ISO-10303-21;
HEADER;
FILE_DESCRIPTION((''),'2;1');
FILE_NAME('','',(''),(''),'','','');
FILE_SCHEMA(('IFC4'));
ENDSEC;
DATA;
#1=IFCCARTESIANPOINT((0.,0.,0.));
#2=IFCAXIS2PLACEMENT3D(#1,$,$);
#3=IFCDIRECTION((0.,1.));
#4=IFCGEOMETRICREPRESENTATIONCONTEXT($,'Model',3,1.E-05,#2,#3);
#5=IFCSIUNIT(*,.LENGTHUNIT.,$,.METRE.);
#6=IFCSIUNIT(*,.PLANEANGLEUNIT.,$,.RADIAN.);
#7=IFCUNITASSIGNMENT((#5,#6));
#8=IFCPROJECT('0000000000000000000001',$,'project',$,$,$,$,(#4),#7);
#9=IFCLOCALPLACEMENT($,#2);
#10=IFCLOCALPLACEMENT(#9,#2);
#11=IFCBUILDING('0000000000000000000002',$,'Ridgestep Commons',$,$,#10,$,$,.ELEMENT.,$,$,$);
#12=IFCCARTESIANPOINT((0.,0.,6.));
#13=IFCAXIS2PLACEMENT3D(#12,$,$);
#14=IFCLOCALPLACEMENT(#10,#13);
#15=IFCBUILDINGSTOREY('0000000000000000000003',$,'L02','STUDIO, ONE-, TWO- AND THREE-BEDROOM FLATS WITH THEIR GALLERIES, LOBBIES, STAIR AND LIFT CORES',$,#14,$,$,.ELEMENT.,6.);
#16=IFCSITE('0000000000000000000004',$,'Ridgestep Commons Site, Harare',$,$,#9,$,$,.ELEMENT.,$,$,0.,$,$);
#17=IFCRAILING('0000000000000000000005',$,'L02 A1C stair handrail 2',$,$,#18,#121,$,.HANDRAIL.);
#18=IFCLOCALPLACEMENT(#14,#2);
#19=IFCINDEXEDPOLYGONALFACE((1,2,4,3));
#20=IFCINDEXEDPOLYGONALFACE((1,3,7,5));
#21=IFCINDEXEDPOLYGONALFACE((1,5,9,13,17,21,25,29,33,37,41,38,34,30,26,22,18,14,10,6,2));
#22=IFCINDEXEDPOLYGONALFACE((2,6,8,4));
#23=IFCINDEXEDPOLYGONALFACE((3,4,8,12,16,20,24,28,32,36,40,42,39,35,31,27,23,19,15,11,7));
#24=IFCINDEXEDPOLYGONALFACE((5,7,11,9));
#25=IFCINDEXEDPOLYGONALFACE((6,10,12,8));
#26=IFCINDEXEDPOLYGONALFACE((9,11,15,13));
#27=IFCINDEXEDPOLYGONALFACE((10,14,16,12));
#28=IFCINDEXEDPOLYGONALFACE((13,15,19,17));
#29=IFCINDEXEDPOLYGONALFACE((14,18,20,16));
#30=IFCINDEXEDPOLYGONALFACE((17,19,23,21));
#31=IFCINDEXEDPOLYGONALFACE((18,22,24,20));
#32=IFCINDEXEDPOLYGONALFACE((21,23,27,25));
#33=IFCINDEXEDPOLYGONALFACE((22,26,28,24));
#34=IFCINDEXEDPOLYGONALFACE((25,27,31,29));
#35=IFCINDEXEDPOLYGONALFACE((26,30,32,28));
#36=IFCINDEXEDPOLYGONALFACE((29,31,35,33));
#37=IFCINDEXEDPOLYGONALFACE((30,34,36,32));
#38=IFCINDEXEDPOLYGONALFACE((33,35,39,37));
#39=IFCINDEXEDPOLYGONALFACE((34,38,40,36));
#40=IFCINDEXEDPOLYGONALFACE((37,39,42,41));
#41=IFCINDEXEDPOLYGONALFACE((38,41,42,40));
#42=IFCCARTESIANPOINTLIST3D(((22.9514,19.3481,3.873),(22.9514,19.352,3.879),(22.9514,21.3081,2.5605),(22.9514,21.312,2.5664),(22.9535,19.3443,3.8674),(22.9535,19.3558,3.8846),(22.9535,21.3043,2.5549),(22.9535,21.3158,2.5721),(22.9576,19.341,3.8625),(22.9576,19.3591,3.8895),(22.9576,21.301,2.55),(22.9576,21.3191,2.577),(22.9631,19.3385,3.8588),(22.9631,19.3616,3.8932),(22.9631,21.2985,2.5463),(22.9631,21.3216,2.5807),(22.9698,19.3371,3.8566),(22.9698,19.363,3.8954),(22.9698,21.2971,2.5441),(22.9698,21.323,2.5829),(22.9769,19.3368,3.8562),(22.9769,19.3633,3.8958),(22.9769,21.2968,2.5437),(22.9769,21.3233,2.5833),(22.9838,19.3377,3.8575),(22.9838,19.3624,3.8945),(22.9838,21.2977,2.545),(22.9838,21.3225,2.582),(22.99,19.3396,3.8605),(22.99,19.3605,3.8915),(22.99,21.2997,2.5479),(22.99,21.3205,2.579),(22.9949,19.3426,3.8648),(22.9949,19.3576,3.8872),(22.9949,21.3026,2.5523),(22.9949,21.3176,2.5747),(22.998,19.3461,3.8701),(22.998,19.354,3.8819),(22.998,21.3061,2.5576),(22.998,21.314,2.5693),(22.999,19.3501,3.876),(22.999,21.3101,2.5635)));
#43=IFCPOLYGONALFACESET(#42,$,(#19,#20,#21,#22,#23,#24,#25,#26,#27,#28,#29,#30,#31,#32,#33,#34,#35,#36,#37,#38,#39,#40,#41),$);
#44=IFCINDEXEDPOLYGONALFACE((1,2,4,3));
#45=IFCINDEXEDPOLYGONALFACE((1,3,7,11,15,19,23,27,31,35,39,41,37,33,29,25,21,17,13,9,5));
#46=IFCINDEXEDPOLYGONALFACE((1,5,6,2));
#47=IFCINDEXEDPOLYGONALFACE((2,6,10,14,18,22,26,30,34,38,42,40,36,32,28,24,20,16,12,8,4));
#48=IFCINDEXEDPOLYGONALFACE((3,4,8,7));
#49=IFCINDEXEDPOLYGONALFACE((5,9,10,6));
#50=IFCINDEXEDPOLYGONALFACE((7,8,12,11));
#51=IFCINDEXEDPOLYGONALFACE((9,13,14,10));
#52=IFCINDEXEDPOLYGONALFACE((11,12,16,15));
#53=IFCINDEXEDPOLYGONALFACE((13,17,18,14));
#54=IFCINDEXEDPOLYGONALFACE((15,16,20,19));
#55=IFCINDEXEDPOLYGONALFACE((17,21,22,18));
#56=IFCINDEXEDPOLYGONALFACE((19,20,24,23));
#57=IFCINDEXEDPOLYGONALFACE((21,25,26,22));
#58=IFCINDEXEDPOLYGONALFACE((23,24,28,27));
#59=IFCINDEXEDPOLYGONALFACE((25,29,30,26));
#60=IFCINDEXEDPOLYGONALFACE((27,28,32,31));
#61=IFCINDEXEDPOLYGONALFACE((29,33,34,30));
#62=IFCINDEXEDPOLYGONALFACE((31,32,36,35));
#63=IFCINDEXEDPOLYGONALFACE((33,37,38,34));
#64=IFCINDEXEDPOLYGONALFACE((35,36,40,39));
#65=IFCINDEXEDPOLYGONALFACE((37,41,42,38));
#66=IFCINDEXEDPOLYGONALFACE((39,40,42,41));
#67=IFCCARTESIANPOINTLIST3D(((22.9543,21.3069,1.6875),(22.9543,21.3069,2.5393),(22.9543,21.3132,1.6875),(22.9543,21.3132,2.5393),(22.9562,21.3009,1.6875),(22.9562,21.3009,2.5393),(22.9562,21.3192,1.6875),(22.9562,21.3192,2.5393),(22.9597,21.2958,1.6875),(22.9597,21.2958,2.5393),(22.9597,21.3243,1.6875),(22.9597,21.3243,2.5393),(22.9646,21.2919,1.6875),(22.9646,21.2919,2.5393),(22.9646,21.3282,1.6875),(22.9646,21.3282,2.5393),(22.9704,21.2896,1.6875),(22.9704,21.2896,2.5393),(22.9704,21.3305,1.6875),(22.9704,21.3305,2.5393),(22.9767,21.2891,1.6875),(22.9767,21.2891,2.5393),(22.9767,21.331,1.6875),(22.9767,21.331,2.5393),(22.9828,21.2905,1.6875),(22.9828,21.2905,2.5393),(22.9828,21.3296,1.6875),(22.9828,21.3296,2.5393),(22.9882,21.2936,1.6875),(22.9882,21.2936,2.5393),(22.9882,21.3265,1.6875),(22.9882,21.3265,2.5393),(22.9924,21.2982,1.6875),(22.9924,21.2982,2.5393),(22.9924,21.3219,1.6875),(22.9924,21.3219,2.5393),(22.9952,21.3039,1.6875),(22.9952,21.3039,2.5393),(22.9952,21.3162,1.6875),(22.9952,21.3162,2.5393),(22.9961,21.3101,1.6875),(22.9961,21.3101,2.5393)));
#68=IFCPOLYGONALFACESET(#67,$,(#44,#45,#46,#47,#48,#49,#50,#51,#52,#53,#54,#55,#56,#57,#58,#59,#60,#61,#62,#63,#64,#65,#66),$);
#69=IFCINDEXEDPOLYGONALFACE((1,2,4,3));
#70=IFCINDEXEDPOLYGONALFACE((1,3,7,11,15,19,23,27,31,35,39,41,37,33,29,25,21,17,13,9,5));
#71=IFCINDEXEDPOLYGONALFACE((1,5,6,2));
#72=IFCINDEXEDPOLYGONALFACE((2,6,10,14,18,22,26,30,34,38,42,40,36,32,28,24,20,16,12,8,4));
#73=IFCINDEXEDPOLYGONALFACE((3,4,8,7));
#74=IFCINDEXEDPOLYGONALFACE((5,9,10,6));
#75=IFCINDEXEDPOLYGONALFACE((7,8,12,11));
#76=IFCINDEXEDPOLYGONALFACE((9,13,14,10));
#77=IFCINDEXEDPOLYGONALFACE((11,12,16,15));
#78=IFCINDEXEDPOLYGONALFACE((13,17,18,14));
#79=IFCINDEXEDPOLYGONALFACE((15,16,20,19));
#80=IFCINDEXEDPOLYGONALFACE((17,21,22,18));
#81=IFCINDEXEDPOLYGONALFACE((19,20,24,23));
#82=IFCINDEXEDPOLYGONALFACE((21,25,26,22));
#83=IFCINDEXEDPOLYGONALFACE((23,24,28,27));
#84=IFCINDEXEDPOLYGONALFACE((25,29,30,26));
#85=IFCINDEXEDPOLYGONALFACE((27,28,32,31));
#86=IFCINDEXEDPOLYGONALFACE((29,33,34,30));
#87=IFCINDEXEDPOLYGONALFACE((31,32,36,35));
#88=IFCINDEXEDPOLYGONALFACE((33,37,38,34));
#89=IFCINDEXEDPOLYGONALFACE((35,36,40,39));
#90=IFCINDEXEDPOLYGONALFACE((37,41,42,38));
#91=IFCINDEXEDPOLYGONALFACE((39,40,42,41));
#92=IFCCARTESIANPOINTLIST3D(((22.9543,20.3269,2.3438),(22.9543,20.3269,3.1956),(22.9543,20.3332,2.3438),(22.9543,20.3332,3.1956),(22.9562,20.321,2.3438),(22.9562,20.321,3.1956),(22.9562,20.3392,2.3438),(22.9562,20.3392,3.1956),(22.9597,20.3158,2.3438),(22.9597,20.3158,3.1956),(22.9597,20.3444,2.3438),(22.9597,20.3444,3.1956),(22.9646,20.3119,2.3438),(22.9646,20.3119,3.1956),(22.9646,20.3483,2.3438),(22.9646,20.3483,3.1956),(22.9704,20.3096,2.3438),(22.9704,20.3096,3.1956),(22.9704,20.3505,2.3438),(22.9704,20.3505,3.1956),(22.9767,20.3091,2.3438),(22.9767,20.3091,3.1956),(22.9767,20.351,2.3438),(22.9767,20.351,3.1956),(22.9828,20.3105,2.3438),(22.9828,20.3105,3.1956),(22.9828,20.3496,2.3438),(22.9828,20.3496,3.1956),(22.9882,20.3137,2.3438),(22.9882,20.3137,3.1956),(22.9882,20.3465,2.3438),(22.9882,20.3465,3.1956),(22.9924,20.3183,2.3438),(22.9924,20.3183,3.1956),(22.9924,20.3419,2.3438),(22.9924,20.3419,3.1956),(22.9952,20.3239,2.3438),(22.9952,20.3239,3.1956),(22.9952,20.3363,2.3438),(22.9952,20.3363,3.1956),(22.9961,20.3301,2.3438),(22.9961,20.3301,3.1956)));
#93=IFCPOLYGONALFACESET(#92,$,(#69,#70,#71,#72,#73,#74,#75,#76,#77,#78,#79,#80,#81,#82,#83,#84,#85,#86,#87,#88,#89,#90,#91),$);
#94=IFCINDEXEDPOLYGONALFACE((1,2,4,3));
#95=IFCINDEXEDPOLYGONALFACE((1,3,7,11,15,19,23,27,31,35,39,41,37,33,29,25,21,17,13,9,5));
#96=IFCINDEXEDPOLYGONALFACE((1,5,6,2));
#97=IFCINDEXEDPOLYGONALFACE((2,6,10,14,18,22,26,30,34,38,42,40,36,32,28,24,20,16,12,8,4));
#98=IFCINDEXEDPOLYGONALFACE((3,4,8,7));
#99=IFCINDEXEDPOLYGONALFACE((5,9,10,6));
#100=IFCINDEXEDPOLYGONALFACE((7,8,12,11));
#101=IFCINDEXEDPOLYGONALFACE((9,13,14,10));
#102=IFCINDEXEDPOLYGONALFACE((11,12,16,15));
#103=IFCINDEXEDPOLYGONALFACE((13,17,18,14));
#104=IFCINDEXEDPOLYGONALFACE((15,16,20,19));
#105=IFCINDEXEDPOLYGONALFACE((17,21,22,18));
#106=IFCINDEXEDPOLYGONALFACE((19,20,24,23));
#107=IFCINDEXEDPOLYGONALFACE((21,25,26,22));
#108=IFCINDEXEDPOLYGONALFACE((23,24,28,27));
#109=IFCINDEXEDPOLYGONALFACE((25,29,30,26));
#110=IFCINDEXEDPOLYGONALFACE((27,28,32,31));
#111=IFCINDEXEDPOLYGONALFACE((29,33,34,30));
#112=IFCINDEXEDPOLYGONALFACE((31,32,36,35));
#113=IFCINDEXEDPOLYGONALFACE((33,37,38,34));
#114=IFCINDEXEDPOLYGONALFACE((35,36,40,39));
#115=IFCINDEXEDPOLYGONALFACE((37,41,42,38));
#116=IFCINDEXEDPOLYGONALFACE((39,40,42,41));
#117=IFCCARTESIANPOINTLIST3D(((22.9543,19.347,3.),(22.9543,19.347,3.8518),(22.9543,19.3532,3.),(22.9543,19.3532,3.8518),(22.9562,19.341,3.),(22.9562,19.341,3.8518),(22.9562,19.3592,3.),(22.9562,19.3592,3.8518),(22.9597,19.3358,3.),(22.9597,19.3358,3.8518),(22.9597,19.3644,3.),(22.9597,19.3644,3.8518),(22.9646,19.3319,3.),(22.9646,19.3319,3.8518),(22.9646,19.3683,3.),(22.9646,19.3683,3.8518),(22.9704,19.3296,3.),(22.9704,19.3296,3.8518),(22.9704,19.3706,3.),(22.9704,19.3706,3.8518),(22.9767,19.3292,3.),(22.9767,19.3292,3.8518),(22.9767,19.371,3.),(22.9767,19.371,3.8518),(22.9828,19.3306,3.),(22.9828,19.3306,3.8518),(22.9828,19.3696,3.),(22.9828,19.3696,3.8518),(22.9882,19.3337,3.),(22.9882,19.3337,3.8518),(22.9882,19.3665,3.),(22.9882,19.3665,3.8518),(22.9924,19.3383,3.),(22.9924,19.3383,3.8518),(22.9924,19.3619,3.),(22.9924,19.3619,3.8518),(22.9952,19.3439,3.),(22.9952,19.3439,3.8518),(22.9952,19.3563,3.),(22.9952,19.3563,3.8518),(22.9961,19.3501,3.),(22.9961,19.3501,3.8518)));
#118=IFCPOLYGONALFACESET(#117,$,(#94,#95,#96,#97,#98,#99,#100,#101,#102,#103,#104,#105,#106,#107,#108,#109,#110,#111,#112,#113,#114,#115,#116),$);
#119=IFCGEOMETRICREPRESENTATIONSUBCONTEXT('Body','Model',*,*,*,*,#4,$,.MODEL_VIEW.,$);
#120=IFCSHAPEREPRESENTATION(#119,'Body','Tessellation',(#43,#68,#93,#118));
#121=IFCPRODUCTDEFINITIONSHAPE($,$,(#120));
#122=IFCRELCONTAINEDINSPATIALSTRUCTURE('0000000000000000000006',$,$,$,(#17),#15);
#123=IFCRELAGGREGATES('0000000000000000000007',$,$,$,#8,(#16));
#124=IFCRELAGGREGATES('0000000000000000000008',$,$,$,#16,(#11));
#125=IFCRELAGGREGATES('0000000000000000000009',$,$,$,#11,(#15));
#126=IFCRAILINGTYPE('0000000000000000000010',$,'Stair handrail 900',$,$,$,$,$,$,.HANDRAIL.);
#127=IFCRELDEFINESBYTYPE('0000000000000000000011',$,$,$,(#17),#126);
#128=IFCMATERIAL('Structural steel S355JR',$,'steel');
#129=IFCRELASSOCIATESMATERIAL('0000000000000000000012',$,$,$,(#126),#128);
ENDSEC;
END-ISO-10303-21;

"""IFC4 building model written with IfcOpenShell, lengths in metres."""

from ifc_helpers import new_model, si_unit, direction, frame, origin, origin_2d, place, context, subcontext, project, spatial, circle, extrude, material, type_object, element, save


model = new_model("IFC4")

# Units and contexts
model_context = context("Model", 3, precision=1e-05, world=origin(), true_north=direction((0.0, 1.0)))
body_context = subcontext(model_context, "Body", "Model", "MODEL_VIEW")
ifc_project = project(units=[si_unit("LENGTHUNIT", "METRE"), si_unit("PLANEANGLEUNIT", "RADIAN")], contexts=[model_context])

# Site, building, storey
site_placement = place(None, origin())
site = spatial("IfcSite", under=ifc_project, at=site_placement, Name="Ridgestep Commons Site, Harare", CompositionType="ELEMENT", RefElevation=0.0)
building_placement = place(site_placement, origin())
building = spatial("IfcBuilding", under=site, at=building_placement, Name="Ridgestep Commons", CompositionType="ELEMENT")
storey_placement = place(building_placement, frame((0.0, 0.0, 6.0)))
storey = spatial("IfcBuildingStorey", under=building, at=storey_placement, Name="L02", Description="STUDIO, ONE-, TWO- AND THREE-BEDROOM FLATS WITH THEIR GALLERIES, LOBBIES, STAIR AND LIFT CORES", CompositionType="ELEMENT", Elevation=6.0)

# Railing
ifc_material_1 = material(Name="Structural steel S355JR", Category="steel")
railing_type_1 = type_object("IfcRailingType", Name="Stair handrail 900", PredefinedType="HANDRAIL", material=ifc_material_1)
railing_1_placement = place(storey_placement, frame((22.9751, 21.3101, 1.6875)))
element("IfcRailing", 1, at=railing_1_placement, inside=storey, type_object=railing_type_1, Name="L02 A1C stair handrail 2", PredefinedType="HANDRAIL", context=body_context, shape_type="SweptSolid", body=[
    extrude(circle(Radius=0.0239, at=origin_2d()), frame((0.0, 0.0, 0.876), z_axis=(0.0, -0.830902, 0.556419), x_axis=(1.0, 0.0, 0.0)), (0.0, 0.0, 1.0), 2.3589),
    extrude(circle(Radius=0.021, at=origin_2d()), origin(), (0.0, 0.0, 1.0), 0.8518),
    extrude(circle(Radius=0.021, at=origin_2d()), frame((0.0, -0.98, 0.6562)), (0.0, 0.0, 1.0), 0.8518),
    extrude(circle(Radius=0.021, at=origin_2d()), frame((0.0, -1.96, 1.3125)), (0.0, 0.0, 1.0), 0.8518),
])

save(model, "model.ifc")
